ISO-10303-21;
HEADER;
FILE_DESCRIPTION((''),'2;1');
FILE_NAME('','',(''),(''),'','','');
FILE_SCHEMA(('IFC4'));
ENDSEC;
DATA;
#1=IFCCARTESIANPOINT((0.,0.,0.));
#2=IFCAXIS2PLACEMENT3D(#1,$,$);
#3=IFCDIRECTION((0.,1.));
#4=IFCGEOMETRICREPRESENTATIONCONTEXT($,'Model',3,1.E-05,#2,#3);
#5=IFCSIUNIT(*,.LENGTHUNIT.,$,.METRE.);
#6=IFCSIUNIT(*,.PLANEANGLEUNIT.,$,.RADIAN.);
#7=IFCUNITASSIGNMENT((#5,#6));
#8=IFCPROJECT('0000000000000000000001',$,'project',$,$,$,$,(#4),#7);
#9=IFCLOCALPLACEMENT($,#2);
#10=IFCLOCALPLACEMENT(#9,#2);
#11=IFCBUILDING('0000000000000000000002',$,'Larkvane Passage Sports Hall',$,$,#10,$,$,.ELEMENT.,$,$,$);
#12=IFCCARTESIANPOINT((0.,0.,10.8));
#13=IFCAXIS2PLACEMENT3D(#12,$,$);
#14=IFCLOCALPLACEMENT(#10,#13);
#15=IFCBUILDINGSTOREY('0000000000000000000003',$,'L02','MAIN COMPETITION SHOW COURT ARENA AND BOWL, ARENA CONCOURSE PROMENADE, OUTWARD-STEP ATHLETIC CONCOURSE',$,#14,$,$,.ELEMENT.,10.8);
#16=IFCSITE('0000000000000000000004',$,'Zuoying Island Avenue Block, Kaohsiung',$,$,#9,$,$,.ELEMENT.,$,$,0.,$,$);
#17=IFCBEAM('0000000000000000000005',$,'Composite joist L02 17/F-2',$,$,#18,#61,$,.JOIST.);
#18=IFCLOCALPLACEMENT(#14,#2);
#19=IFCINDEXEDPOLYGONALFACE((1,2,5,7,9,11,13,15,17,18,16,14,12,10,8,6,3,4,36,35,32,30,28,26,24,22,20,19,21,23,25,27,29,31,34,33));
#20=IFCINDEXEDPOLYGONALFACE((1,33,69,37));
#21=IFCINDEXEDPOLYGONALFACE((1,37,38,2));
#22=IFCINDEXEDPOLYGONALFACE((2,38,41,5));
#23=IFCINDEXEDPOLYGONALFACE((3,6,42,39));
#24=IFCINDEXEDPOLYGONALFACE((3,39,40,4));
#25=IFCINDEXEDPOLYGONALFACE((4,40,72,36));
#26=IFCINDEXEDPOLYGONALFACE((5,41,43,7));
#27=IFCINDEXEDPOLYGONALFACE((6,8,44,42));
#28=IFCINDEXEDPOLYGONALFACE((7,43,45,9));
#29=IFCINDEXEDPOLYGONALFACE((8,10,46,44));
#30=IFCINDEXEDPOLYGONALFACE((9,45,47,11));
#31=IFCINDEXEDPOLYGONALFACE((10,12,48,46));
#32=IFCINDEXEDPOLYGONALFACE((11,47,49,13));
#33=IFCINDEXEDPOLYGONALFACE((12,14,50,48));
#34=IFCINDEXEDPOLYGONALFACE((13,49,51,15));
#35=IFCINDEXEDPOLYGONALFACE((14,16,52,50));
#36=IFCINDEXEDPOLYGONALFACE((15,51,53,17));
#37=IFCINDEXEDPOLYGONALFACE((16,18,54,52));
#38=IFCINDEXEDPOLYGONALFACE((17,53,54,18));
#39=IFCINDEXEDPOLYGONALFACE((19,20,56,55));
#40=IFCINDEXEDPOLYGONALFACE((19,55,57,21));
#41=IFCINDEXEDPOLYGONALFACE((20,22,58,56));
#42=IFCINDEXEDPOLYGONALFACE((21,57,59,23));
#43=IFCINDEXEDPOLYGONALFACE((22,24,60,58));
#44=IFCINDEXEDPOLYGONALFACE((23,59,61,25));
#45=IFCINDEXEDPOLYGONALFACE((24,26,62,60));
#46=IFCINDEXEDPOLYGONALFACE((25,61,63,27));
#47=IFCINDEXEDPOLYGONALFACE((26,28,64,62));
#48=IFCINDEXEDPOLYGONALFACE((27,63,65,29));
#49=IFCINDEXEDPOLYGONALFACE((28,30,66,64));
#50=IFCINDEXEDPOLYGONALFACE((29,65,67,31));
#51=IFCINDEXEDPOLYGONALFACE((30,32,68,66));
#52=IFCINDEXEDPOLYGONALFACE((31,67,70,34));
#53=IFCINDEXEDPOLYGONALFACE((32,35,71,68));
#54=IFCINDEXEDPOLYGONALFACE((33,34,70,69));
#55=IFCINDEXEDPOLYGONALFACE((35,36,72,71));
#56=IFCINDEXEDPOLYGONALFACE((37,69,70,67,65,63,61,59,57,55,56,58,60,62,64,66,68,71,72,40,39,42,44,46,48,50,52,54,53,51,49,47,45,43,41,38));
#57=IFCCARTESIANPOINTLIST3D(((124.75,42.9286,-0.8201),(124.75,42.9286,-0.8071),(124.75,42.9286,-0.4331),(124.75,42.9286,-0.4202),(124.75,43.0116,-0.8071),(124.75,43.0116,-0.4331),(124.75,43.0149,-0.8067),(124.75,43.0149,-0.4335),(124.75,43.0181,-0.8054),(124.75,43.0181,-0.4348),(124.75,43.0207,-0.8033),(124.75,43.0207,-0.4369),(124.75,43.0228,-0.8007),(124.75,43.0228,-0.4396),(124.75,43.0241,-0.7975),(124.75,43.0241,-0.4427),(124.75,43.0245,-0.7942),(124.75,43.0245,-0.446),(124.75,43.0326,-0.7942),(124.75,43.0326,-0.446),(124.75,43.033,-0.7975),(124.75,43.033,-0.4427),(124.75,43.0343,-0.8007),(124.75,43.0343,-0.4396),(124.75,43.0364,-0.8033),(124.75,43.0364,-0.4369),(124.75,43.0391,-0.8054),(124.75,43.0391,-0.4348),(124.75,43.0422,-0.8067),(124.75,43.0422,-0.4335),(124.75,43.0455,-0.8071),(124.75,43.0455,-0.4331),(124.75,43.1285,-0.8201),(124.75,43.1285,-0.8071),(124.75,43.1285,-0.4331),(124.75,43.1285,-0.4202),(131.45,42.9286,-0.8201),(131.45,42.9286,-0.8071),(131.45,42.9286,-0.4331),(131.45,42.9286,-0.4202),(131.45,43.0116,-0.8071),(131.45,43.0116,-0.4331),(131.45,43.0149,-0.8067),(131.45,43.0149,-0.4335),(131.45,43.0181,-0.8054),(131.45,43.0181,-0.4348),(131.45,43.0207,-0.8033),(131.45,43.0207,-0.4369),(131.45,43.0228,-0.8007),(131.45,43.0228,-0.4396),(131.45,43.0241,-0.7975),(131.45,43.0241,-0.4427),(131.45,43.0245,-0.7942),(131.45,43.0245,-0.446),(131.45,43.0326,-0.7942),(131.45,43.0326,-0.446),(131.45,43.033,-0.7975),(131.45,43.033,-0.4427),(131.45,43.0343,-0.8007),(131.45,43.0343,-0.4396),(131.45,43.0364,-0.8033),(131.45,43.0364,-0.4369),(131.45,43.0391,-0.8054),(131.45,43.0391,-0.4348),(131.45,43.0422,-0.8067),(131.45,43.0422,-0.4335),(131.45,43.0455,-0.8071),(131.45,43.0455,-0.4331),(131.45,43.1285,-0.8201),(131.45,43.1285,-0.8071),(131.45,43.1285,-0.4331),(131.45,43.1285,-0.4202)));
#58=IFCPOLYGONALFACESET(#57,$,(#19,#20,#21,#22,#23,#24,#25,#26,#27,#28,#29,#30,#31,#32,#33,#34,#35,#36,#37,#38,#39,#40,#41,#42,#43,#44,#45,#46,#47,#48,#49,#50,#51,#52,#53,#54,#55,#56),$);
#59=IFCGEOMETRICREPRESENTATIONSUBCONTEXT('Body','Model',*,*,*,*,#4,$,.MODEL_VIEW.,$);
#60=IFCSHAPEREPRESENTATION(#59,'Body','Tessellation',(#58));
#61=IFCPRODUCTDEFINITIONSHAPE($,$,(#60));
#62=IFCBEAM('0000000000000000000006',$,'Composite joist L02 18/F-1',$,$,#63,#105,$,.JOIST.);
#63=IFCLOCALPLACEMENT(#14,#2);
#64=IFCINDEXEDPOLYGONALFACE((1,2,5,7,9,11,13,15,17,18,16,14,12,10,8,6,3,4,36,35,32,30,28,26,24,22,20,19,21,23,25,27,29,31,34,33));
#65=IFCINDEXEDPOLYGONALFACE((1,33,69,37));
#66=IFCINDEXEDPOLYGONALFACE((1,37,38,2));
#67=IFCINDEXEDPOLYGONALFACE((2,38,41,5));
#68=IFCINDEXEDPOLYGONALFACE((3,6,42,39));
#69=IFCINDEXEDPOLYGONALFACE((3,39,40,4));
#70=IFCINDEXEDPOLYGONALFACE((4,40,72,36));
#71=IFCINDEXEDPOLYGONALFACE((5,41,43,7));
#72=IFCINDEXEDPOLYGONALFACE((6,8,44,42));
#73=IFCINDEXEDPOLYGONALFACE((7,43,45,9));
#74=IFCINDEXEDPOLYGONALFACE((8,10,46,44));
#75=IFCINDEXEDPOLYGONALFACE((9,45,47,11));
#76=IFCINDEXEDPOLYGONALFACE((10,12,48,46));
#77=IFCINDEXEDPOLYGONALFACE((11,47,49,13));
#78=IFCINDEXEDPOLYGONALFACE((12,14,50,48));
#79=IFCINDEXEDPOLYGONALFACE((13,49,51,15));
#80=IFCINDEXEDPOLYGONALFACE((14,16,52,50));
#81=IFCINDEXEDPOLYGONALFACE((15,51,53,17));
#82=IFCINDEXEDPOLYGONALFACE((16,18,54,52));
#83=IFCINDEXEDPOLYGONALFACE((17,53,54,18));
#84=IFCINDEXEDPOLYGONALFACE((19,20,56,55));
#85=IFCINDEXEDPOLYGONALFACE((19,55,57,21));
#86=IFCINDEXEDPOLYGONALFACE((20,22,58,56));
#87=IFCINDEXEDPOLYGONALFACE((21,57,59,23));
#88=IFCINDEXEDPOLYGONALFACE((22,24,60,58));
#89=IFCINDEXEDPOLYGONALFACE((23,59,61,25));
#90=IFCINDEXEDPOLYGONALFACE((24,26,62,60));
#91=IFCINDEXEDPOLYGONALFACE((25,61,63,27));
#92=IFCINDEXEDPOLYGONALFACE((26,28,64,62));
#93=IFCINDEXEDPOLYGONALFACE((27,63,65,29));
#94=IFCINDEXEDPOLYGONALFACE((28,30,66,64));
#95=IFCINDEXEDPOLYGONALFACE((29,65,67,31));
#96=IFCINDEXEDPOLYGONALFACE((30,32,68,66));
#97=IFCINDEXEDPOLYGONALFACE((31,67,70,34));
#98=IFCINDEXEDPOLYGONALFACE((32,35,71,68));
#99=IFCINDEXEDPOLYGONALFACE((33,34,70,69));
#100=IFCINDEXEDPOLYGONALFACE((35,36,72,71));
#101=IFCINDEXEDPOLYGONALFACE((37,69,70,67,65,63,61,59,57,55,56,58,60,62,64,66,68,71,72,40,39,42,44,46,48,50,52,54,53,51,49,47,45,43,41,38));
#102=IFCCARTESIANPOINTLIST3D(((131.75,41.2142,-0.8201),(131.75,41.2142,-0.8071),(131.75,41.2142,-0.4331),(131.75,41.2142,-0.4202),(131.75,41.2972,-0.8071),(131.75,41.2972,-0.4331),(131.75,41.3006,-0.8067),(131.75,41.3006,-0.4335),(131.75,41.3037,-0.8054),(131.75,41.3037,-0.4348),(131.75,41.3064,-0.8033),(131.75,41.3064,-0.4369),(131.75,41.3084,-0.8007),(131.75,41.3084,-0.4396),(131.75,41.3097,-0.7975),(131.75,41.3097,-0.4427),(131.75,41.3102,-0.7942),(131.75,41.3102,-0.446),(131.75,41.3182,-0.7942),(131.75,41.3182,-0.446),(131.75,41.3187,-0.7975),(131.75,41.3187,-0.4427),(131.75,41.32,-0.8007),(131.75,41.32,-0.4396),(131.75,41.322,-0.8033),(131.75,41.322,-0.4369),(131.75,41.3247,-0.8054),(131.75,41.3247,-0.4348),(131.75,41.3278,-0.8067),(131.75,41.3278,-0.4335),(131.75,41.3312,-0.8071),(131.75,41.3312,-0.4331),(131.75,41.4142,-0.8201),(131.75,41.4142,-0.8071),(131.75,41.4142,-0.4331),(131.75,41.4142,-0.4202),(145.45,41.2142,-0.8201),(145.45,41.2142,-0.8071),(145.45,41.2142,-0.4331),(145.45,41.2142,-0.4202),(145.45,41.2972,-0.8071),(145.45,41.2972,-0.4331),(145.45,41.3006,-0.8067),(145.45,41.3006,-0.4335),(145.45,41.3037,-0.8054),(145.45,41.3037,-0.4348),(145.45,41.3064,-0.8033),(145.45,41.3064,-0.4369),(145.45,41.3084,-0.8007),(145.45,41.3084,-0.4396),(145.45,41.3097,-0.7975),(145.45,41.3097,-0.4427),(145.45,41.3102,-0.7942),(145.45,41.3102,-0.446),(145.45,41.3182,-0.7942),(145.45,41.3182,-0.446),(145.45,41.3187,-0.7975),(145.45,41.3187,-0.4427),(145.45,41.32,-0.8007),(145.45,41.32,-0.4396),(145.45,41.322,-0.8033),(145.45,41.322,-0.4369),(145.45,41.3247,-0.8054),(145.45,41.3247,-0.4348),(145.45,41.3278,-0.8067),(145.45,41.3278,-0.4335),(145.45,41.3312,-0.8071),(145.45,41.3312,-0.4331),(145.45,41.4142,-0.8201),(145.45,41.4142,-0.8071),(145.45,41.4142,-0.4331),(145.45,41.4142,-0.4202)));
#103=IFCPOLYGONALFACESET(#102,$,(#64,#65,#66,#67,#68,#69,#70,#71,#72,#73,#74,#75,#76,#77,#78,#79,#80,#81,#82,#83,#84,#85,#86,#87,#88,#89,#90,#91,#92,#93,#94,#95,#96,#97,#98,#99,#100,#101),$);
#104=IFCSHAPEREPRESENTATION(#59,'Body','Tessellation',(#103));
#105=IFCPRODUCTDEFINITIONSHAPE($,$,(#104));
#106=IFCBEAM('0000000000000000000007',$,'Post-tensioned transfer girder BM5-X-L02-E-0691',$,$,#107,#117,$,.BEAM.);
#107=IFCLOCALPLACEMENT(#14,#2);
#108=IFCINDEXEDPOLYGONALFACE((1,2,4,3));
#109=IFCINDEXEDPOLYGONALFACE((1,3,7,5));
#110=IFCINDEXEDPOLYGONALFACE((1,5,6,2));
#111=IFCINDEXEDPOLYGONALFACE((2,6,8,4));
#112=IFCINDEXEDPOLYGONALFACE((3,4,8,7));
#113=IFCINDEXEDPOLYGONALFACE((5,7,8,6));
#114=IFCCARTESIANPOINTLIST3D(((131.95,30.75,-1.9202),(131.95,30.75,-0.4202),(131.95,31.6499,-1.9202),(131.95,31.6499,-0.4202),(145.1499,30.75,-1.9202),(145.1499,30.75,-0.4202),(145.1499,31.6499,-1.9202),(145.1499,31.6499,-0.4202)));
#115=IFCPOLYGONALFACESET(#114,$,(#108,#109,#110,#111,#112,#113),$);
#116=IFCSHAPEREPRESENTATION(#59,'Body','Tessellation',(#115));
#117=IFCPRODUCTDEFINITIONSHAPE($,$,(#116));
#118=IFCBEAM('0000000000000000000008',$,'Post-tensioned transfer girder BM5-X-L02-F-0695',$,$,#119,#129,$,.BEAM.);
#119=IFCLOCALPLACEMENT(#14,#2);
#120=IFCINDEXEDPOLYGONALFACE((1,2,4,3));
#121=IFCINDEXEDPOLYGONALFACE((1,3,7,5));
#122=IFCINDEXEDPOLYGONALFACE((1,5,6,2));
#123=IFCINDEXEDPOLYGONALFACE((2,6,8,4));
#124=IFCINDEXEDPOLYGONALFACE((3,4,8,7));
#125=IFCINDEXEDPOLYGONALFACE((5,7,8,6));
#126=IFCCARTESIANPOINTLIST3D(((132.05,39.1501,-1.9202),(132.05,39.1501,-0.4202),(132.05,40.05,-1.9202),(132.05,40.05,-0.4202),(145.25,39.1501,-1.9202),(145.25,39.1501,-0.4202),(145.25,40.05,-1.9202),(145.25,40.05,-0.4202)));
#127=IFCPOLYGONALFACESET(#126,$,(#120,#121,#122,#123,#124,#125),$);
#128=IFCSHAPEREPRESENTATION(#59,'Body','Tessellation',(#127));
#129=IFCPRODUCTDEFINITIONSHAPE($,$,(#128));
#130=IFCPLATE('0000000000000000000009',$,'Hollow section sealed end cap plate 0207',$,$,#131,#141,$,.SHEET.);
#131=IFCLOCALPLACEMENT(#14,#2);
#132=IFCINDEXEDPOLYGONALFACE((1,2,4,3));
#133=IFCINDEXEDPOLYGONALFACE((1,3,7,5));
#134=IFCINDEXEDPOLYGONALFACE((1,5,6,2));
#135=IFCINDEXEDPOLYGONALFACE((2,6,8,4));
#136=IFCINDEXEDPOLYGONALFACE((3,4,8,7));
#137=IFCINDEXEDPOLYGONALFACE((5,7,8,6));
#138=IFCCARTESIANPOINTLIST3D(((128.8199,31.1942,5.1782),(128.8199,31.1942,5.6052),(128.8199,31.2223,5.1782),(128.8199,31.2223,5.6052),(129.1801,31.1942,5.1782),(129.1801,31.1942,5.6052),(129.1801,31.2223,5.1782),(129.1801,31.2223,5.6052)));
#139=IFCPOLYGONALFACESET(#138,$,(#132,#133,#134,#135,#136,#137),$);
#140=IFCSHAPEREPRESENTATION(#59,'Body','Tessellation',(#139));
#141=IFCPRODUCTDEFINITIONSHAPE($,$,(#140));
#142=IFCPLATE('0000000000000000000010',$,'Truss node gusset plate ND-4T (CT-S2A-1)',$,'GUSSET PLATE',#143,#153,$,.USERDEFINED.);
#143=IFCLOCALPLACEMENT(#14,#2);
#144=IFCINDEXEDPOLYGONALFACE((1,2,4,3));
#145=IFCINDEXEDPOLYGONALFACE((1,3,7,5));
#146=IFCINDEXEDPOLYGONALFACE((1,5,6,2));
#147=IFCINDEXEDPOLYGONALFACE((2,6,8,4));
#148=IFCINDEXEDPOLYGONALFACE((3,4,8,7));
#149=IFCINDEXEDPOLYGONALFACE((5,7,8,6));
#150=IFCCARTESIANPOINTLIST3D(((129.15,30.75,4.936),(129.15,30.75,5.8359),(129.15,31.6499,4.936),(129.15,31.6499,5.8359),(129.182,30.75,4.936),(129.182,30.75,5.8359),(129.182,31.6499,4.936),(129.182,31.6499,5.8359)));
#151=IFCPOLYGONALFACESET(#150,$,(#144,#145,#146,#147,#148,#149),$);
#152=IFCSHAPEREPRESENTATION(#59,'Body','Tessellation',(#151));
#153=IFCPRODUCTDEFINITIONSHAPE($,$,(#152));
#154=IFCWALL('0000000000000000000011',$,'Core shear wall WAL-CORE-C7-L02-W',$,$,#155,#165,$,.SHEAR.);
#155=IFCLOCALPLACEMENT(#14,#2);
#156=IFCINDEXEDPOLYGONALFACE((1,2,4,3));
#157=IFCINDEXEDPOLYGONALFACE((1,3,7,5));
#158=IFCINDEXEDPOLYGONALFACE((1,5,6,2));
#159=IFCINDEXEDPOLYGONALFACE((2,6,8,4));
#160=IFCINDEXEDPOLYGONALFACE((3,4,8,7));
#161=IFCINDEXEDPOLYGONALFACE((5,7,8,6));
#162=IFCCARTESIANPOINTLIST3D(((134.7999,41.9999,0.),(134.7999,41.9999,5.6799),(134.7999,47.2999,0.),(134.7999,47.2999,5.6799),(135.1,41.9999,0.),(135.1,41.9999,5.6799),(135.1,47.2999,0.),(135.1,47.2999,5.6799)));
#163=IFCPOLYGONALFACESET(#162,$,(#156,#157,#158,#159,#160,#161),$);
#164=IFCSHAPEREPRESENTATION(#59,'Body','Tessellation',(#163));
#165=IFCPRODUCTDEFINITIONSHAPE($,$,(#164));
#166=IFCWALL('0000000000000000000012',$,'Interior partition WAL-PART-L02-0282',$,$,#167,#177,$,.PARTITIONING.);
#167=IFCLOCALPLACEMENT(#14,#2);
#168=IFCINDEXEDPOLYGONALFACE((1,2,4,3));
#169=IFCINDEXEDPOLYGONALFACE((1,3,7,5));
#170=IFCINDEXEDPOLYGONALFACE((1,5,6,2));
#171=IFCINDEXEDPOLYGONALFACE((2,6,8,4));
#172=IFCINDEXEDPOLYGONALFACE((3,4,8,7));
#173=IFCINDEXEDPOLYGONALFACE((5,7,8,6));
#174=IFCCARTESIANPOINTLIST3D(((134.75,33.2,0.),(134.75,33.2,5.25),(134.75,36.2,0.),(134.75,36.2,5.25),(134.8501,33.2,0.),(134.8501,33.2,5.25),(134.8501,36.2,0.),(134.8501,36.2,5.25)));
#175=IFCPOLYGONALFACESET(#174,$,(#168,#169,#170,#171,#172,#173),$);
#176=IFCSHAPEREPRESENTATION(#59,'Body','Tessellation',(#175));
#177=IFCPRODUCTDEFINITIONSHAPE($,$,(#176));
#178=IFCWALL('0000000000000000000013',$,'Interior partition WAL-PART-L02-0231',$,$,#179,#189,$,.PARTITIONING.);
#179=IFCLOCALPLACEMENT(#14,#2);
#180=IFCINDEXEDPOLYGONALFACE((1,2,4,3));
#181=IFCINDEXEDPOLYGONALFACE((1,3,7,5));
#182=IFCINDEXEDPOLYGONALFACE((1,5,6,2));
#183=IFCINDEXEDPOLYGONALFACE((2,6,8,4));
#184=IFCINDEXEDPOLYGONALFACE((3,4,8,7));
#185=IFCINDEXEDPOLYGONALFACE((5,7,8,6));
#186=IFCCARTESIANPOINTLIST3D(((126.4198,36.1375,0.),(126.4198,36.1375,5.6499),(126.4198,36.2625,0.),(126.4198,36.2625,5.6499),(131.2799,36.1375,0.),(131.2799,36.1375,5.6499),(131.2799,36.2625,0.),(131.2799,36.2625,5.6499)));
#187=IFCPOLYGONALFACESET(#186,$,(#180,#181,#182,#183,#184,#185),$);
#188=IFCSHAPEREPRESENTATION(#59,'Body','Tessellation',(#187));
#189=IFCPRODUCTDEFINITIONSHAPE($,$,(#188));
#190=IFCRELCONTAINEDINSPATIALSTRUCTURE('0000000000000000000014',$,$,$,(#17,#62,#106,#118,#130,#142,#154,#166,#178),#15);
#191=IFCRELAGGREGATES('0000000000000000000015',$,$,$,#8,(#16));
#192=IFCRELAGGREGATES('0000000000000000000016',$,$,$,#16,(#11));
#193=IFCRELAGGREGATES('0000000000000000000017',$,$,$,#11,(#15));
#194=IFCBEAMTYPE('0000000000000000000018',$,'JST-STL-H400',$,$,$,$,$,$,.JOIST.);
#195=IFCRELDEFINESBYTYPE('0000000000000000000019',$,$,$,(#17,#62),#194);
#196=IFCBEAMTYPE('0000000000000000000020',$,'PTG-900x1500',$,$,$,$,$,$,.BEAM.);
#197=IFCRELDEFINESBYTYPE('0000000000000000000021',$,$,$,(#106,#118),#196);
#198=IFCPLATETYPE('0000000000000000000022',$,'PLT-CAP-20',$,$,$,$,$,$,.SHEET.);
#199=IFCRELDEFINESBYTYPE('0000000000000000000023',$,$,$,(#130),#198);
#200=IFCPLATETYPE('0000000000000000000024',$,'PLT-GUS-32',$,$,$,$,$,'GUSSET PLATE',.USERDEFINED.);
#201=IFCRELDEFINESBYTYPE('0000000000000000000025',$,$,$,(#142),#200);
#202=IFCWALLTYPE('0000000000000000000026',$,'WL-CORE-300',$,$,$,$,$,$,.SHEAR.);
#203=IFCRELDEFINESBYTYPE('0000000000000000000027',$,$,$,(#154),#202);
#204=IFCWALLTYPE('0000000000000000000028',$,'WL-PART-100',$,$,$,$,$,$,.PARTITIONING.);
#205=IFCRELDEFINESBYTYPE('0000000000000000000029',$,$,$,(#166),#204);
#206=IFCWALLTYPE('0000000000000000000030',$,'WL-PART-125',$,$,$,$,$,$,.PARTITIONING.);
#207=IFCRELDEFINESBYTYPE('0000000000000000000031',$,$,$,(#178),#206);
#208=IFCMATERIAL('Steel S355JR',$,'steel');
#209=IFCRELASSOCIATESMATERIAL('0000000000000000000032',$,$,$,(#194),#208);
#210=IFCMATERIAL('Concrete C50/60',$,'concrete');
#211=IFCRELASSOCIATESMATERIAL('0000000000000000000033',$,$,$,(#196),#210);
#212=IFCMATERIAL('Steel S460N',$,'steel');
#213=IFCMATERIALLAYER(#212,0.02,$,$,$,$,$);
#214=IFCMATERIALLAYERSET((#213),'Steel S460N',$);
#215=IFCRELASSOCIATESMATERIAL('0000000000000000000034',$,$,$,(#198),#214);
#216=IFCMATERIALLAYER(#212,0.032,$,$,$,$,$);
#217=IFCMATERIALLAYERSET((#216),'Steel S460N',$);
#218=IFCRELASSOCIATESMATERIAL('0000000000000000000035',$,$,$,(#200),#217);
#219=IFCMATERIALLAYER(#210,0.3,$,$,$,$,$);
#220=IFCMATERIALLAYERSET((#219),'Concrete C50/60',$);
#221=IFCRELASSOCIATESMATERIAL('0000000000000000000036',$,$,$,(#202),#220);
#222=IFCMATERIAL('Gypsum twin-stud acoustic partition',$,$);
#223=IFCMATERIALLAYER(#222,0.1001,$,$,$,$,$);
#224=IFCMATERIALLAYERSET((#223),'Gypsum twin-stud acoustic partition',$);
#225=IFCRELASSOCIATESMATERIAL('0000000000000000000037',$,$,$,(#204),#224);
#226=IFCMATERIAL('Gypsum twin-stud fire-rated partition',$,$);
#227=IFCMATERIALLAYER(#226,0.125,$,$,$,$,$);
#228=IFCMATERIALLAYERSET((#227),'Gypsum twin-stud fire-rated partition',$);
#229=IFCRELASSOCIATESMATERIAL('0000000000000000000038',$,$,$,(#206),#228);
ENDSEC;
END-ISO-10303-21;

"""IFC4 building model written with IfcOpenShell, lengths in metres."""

from ifc_helpers import new_model, si_unit, direction, frame, frame_2d, origin, origin_2d, place, context, subcontext, project, spatial, rectangle, i_section, extrude, material, layer, layer_set, material_profile, profile_set, type_object, element, save


model = new_model("IFC4")

# Units and contexts
model_context = context("Model", 3, precision=1e-05, world=origin(), true_north=direction((0.0, 1.0)))
body_context = subcontext(model_context, "Body", "Model", "MODEL_VIEW")
ifc_project = project(units=[si_unit("LENGTHUNIT", "METRE"), si_unit("PLANEANGLEUNIT", "RADIAN")], contexts=[model_context])

# Site, building, storey
site_placement = place(None, origin())
site = spatial("IfcSite", under=ifc_project, at=site_placement, Name="Zuoying Island Avenue Block, Kaohsiung", CompositionType="ELEMENT", RefElevation=0.0)
building_placement = place(site_placement, origin())
building = spatial("IfcBuilding", under=site, at=building_placement, Name="Larkvane Passage Sports Hall", CompositionType="ELEMENT")
storey_placement = place(building_placement, frame((0.0, 0.0, 10.8)))
storey = spatial("IfcBuildingStorey", under=building, at=storey_placement, Name="L02", Description="MAIN COMPETITION SHOW COURT ARENA AND BOWL, ARENA CONCOURSE PROMENADE, OUTWARD-STEP ATHLETIC CONCOURSE", CompositionType="ELEMENT", Elevation=10.8)

# Shared definitions
ifc_material_1 = material(Name="Steel S460N", Category="steel")

# Beams
ifc_material_2 = material(Name="Steel S355JR", Category="steel")
ifc_material_profile_1 = material_profile(ifc_material_2, i_section(OverallWidth=0.2, OverallDepth=0.3999, WebThickness=0.0081, FlangeThickness=0.0129, FilletRadius=0.0129, at=origin_2d()), Name="H-400x200x8x13")
ifc_profile_set_1 = profile_set([ifc_material_profile_1], Name="Steel S355JR")
beam_type_1 = type_object("IfcBeamType", Name="JST-STL-H400", PredefinedType="JOIST", material=ifc_profile_set_1)
beam_1_placement = place(storey_placement, frame((124.75, 43.0286, -0.6201), z_axis=(1.0, 0.0, 0.0), x_axis=(0.0, 1.0, 0.0)))
element("IfcBeam", 1, at=beam_1_placement, inside=storey, type_object=beam_type_1, Name="Composite joist L02 17/F-2", PredefinedType="JOIST", context=body_context, shape_type="SweptSolid", body=[
    extrude(i_section(OverallWidth=0.2, OverallDepth=0.3999, WebThickness=0.0081, FlangeThickness=0.0129, FilletRadius=0.0129, at=origin_2d()), origin(), (0.0, 0.0, 1.0), 6.7),
])
beam_2_placement = place(storey_placement, frame((131.75, 41.3142, -0.6201), z_axis=(1.0, 0.0, 0.0), x_axis=(0.0, 1.0, 0.0)))
element("IfcBeam", 2, at=beam_2_placement, inside=storey, type_object=beam_type_1, Name="Composite joist L02 18/F-1", PredefinedType="JOIST", context=body_context, shape_type="SweptSolid", body=[
    extrude(i_section(OverallWidth=0.2, OverallDepth=0.3999, WebThickness=0.0081, FlangeThickness=0.0129, FilletRadius=0.0129, at=origin_2d()), origin(), (0.0, 0.0, 1.0), 13.7),
])
ifc_material_3 = material(Name="Concrete C50/60", Category="concrete")
ifc_material_profile_2 = material_profile(ifc_material_3, rectangle(XDim=0.8999, YDim=1.5, at=origin_2d()), Name="PT-GIR-900x1500")
ifc_profile_set_2 = profile_set([ifc_material_profile_2], Name="Concrete C50/60")
beam_type_2 = type_object("IfcBeamType", Name="PTG-900x1500", PredefinedType="BEAM", material=ifc_profile_set_2)
for number, where, z_axis, x_axis, name in (
    (3, (131.95, 31.2, -1.1702), (1.0, 0.0, 0.0), (0.0, 1.0, 0.0), "Post-tensioned transfer girder BM5-X-L02-E-0691"),
    (4, (132.05, 39.6001, -1.1702), (1.0, 0.0, 0.0), (0.0, 1.0, 0.0), "Post-tensioned transfer girder BM5-X-L02-F-0695"),
):
    element("IfcBeam", number, at=place(storey_placement, frame(where, z_axis=z_axis, x_axis=x_axis)), inside=storey, type_object=beam_type_2, Name=name, PredefinedType="BEAM", context=body_context, shape_type="SweptSolid", body=[
        extrude(rectangle(XDim=0.8999, YDim=1.5, at=origin_2d()), origin(), (0.0, 0.0, 1.0), 13.2),
    ])

# Plates
ifc_layer_1 = layer(ifc_material_1, 0.02)
ifc_layer_set_1 = layer_set([ifc_layer_1], Name="Steel S460N")
plate_type_1 = type_object("IfcPlateType", Name="PLT-CAP-20", PredefinedType="SHEET", material=ifc_layer_set_1)
plate_1_placement = place(storey_placement, frame((129.0, 31.2083, 5.1782), z_axis=(0.0, 0.0, 1.0), x_axis=(-1.0, 0.0, 0.0)))
element("IfcPlate", 5, at=plate_1_placement, inside=storey, type_object=plate_type_1, Name="Hollow section sealed end cap plate 0207", PredefinedType="SHEET", context=body_context, shape_type="SweptSolid", body=[
    extrude(rectangle(XDim=0.3601, YDim=0.0281, at=origin_2d()), origin(), (0.0, 0.0, 1.0), 0.427),
])
ifc_layer_2 = layer(ifc_material_1, 0.032)
ifc_layer_set_2 = layer_set([ifc_layer_2], Name="Steel S460N")
plate_type_2 = type_object("IfcPlateType", Name="PLT-GUS-32", ElementType="GUSSET PLATE", PredefinedType="USERDEFINED", material=ifc_layer_set_2)
plate_2_placement = place(storey_placement, frame((129.166, 31.2, 4.936), z_axis=(0.0, 0.0, 1.0), x_axis=(0.0, 1.0, 0.0)))
element("IfcPlate", 6, at=plate_2_placement, inside=storey, type_object=plate_type_2, Name="Truss node gusset plate ND-4T (CT-S2A-1)", ObjectType="GUSSET PLATE", PredefinedType="USERDEFINED", context=body_context, shape_type="SweptSolid", body=[
    extrude(rectangle(XDim=0.8999, YDim=0.032, at=origin_2d()), origin(), (0.0, 0.0, 1.0), 0.8999),
])

# Walls
ifc_layer_3 = layer(ifc_material_3, 0.3)
ifc_layer_set_3 = layer_set([ifc_layer_3], Name="Concrete C50/60")
wall_type_1 = type_object("IfcWallType", Name="WL-CORE-300", PredefinedType="SHEAR", material=ifc_layer_set_3)
wall_1_placement = place(storey_placement, frame((134.95, 42.0, 0.0), z_axis=(0.0, 0.0, 1.0), x_axis=(0.0, 1.0, 0.0)))
element("IfcWall", 7, at=wall_1_placement, inside=storey, type_object=wall_type_1, Name="Core shear wall WAL-CORE-C7-L02-W", PredefinedType="SHEAR", context=body_context, shape_type="SweptSolid", body=[
    extrude(rectangle(XDim=5.3, YDim=0.3, at=frame_2d((2.6499, 0.0))), origin(), (0.0, 0.0, 1.0), 5.6799),
])
ifc_material_4 = material(Name="Gypsum twin-stud acoustic partition")
ifc_layer_4 = layer(ifc_material_4, 0.1001)
ifc_layer_set_4 = layer_set([ifc_layer_4], Name="Gypsum twin-stud acoustic partition")
wall_type_2 = type_object("IfcWallType", Name="WL-PART-100", PredefinedType="PARTITIONING", material=ifc_layer_set_4)
wall_2_placement = place(storey_placement, frame((134.8, 36.2, 0.0), z_axis=(0.0, 0.0, 1.0), x_axis=(0.0, -1.0, 0.0)))
element("IfcWall", 8, at=wall_2_placement, inside=storey, type_object=wall_type_2, Name="Interior partition WAL-PART-L02-0282", PredefinedType="PARTITIONING", context=body_context, shape_type="SweptSolid", body=[
    extrude(rectangle(XDim=3.0, YDim=0.1001, at=frame_2d((1.5, 0.0))), origin(), (0.0, 0.0, 1.0), 5.25),
])
ifc_material_5 = material(Name="Gypsum twin-stud fire-rated partition")
ifc_layer_5 = layer(ifc_material_5, 0.125)
ifc_layer_set_5 = layer_set([ifc_layer_5], Name="Gypsum twin-stud fire-rated partition")
wall_type_3 = type_object("IfcWallType", Name="WL-PART-125", PredefinedType="PARTITIONING", material=ifc_layer_set_5)
wall_3_placement = place(storey_placement, frame((131.28, 36.2, 0.0), z_axis=(0.0, 0.0, 1.0), x_axis=(-1.0, 0.0, 0.0)))
element("IfcWall", 9, at=wall_3_placement, inside=storey, type_object=wall_type_3, Name="Interior partition WAL-PART-L02-0231", PredefinedType="PARTITIONING", context=body_context, shape_type="SweptSolid", body=[
    extrude(rectangle(XDim=4.8601, YDim=0.125, at=frame_2d((2.4302, 0.0))), origin(), (0.0, 0.0, 1.0), 5.6499),
])

save(model, "model.ifc")
